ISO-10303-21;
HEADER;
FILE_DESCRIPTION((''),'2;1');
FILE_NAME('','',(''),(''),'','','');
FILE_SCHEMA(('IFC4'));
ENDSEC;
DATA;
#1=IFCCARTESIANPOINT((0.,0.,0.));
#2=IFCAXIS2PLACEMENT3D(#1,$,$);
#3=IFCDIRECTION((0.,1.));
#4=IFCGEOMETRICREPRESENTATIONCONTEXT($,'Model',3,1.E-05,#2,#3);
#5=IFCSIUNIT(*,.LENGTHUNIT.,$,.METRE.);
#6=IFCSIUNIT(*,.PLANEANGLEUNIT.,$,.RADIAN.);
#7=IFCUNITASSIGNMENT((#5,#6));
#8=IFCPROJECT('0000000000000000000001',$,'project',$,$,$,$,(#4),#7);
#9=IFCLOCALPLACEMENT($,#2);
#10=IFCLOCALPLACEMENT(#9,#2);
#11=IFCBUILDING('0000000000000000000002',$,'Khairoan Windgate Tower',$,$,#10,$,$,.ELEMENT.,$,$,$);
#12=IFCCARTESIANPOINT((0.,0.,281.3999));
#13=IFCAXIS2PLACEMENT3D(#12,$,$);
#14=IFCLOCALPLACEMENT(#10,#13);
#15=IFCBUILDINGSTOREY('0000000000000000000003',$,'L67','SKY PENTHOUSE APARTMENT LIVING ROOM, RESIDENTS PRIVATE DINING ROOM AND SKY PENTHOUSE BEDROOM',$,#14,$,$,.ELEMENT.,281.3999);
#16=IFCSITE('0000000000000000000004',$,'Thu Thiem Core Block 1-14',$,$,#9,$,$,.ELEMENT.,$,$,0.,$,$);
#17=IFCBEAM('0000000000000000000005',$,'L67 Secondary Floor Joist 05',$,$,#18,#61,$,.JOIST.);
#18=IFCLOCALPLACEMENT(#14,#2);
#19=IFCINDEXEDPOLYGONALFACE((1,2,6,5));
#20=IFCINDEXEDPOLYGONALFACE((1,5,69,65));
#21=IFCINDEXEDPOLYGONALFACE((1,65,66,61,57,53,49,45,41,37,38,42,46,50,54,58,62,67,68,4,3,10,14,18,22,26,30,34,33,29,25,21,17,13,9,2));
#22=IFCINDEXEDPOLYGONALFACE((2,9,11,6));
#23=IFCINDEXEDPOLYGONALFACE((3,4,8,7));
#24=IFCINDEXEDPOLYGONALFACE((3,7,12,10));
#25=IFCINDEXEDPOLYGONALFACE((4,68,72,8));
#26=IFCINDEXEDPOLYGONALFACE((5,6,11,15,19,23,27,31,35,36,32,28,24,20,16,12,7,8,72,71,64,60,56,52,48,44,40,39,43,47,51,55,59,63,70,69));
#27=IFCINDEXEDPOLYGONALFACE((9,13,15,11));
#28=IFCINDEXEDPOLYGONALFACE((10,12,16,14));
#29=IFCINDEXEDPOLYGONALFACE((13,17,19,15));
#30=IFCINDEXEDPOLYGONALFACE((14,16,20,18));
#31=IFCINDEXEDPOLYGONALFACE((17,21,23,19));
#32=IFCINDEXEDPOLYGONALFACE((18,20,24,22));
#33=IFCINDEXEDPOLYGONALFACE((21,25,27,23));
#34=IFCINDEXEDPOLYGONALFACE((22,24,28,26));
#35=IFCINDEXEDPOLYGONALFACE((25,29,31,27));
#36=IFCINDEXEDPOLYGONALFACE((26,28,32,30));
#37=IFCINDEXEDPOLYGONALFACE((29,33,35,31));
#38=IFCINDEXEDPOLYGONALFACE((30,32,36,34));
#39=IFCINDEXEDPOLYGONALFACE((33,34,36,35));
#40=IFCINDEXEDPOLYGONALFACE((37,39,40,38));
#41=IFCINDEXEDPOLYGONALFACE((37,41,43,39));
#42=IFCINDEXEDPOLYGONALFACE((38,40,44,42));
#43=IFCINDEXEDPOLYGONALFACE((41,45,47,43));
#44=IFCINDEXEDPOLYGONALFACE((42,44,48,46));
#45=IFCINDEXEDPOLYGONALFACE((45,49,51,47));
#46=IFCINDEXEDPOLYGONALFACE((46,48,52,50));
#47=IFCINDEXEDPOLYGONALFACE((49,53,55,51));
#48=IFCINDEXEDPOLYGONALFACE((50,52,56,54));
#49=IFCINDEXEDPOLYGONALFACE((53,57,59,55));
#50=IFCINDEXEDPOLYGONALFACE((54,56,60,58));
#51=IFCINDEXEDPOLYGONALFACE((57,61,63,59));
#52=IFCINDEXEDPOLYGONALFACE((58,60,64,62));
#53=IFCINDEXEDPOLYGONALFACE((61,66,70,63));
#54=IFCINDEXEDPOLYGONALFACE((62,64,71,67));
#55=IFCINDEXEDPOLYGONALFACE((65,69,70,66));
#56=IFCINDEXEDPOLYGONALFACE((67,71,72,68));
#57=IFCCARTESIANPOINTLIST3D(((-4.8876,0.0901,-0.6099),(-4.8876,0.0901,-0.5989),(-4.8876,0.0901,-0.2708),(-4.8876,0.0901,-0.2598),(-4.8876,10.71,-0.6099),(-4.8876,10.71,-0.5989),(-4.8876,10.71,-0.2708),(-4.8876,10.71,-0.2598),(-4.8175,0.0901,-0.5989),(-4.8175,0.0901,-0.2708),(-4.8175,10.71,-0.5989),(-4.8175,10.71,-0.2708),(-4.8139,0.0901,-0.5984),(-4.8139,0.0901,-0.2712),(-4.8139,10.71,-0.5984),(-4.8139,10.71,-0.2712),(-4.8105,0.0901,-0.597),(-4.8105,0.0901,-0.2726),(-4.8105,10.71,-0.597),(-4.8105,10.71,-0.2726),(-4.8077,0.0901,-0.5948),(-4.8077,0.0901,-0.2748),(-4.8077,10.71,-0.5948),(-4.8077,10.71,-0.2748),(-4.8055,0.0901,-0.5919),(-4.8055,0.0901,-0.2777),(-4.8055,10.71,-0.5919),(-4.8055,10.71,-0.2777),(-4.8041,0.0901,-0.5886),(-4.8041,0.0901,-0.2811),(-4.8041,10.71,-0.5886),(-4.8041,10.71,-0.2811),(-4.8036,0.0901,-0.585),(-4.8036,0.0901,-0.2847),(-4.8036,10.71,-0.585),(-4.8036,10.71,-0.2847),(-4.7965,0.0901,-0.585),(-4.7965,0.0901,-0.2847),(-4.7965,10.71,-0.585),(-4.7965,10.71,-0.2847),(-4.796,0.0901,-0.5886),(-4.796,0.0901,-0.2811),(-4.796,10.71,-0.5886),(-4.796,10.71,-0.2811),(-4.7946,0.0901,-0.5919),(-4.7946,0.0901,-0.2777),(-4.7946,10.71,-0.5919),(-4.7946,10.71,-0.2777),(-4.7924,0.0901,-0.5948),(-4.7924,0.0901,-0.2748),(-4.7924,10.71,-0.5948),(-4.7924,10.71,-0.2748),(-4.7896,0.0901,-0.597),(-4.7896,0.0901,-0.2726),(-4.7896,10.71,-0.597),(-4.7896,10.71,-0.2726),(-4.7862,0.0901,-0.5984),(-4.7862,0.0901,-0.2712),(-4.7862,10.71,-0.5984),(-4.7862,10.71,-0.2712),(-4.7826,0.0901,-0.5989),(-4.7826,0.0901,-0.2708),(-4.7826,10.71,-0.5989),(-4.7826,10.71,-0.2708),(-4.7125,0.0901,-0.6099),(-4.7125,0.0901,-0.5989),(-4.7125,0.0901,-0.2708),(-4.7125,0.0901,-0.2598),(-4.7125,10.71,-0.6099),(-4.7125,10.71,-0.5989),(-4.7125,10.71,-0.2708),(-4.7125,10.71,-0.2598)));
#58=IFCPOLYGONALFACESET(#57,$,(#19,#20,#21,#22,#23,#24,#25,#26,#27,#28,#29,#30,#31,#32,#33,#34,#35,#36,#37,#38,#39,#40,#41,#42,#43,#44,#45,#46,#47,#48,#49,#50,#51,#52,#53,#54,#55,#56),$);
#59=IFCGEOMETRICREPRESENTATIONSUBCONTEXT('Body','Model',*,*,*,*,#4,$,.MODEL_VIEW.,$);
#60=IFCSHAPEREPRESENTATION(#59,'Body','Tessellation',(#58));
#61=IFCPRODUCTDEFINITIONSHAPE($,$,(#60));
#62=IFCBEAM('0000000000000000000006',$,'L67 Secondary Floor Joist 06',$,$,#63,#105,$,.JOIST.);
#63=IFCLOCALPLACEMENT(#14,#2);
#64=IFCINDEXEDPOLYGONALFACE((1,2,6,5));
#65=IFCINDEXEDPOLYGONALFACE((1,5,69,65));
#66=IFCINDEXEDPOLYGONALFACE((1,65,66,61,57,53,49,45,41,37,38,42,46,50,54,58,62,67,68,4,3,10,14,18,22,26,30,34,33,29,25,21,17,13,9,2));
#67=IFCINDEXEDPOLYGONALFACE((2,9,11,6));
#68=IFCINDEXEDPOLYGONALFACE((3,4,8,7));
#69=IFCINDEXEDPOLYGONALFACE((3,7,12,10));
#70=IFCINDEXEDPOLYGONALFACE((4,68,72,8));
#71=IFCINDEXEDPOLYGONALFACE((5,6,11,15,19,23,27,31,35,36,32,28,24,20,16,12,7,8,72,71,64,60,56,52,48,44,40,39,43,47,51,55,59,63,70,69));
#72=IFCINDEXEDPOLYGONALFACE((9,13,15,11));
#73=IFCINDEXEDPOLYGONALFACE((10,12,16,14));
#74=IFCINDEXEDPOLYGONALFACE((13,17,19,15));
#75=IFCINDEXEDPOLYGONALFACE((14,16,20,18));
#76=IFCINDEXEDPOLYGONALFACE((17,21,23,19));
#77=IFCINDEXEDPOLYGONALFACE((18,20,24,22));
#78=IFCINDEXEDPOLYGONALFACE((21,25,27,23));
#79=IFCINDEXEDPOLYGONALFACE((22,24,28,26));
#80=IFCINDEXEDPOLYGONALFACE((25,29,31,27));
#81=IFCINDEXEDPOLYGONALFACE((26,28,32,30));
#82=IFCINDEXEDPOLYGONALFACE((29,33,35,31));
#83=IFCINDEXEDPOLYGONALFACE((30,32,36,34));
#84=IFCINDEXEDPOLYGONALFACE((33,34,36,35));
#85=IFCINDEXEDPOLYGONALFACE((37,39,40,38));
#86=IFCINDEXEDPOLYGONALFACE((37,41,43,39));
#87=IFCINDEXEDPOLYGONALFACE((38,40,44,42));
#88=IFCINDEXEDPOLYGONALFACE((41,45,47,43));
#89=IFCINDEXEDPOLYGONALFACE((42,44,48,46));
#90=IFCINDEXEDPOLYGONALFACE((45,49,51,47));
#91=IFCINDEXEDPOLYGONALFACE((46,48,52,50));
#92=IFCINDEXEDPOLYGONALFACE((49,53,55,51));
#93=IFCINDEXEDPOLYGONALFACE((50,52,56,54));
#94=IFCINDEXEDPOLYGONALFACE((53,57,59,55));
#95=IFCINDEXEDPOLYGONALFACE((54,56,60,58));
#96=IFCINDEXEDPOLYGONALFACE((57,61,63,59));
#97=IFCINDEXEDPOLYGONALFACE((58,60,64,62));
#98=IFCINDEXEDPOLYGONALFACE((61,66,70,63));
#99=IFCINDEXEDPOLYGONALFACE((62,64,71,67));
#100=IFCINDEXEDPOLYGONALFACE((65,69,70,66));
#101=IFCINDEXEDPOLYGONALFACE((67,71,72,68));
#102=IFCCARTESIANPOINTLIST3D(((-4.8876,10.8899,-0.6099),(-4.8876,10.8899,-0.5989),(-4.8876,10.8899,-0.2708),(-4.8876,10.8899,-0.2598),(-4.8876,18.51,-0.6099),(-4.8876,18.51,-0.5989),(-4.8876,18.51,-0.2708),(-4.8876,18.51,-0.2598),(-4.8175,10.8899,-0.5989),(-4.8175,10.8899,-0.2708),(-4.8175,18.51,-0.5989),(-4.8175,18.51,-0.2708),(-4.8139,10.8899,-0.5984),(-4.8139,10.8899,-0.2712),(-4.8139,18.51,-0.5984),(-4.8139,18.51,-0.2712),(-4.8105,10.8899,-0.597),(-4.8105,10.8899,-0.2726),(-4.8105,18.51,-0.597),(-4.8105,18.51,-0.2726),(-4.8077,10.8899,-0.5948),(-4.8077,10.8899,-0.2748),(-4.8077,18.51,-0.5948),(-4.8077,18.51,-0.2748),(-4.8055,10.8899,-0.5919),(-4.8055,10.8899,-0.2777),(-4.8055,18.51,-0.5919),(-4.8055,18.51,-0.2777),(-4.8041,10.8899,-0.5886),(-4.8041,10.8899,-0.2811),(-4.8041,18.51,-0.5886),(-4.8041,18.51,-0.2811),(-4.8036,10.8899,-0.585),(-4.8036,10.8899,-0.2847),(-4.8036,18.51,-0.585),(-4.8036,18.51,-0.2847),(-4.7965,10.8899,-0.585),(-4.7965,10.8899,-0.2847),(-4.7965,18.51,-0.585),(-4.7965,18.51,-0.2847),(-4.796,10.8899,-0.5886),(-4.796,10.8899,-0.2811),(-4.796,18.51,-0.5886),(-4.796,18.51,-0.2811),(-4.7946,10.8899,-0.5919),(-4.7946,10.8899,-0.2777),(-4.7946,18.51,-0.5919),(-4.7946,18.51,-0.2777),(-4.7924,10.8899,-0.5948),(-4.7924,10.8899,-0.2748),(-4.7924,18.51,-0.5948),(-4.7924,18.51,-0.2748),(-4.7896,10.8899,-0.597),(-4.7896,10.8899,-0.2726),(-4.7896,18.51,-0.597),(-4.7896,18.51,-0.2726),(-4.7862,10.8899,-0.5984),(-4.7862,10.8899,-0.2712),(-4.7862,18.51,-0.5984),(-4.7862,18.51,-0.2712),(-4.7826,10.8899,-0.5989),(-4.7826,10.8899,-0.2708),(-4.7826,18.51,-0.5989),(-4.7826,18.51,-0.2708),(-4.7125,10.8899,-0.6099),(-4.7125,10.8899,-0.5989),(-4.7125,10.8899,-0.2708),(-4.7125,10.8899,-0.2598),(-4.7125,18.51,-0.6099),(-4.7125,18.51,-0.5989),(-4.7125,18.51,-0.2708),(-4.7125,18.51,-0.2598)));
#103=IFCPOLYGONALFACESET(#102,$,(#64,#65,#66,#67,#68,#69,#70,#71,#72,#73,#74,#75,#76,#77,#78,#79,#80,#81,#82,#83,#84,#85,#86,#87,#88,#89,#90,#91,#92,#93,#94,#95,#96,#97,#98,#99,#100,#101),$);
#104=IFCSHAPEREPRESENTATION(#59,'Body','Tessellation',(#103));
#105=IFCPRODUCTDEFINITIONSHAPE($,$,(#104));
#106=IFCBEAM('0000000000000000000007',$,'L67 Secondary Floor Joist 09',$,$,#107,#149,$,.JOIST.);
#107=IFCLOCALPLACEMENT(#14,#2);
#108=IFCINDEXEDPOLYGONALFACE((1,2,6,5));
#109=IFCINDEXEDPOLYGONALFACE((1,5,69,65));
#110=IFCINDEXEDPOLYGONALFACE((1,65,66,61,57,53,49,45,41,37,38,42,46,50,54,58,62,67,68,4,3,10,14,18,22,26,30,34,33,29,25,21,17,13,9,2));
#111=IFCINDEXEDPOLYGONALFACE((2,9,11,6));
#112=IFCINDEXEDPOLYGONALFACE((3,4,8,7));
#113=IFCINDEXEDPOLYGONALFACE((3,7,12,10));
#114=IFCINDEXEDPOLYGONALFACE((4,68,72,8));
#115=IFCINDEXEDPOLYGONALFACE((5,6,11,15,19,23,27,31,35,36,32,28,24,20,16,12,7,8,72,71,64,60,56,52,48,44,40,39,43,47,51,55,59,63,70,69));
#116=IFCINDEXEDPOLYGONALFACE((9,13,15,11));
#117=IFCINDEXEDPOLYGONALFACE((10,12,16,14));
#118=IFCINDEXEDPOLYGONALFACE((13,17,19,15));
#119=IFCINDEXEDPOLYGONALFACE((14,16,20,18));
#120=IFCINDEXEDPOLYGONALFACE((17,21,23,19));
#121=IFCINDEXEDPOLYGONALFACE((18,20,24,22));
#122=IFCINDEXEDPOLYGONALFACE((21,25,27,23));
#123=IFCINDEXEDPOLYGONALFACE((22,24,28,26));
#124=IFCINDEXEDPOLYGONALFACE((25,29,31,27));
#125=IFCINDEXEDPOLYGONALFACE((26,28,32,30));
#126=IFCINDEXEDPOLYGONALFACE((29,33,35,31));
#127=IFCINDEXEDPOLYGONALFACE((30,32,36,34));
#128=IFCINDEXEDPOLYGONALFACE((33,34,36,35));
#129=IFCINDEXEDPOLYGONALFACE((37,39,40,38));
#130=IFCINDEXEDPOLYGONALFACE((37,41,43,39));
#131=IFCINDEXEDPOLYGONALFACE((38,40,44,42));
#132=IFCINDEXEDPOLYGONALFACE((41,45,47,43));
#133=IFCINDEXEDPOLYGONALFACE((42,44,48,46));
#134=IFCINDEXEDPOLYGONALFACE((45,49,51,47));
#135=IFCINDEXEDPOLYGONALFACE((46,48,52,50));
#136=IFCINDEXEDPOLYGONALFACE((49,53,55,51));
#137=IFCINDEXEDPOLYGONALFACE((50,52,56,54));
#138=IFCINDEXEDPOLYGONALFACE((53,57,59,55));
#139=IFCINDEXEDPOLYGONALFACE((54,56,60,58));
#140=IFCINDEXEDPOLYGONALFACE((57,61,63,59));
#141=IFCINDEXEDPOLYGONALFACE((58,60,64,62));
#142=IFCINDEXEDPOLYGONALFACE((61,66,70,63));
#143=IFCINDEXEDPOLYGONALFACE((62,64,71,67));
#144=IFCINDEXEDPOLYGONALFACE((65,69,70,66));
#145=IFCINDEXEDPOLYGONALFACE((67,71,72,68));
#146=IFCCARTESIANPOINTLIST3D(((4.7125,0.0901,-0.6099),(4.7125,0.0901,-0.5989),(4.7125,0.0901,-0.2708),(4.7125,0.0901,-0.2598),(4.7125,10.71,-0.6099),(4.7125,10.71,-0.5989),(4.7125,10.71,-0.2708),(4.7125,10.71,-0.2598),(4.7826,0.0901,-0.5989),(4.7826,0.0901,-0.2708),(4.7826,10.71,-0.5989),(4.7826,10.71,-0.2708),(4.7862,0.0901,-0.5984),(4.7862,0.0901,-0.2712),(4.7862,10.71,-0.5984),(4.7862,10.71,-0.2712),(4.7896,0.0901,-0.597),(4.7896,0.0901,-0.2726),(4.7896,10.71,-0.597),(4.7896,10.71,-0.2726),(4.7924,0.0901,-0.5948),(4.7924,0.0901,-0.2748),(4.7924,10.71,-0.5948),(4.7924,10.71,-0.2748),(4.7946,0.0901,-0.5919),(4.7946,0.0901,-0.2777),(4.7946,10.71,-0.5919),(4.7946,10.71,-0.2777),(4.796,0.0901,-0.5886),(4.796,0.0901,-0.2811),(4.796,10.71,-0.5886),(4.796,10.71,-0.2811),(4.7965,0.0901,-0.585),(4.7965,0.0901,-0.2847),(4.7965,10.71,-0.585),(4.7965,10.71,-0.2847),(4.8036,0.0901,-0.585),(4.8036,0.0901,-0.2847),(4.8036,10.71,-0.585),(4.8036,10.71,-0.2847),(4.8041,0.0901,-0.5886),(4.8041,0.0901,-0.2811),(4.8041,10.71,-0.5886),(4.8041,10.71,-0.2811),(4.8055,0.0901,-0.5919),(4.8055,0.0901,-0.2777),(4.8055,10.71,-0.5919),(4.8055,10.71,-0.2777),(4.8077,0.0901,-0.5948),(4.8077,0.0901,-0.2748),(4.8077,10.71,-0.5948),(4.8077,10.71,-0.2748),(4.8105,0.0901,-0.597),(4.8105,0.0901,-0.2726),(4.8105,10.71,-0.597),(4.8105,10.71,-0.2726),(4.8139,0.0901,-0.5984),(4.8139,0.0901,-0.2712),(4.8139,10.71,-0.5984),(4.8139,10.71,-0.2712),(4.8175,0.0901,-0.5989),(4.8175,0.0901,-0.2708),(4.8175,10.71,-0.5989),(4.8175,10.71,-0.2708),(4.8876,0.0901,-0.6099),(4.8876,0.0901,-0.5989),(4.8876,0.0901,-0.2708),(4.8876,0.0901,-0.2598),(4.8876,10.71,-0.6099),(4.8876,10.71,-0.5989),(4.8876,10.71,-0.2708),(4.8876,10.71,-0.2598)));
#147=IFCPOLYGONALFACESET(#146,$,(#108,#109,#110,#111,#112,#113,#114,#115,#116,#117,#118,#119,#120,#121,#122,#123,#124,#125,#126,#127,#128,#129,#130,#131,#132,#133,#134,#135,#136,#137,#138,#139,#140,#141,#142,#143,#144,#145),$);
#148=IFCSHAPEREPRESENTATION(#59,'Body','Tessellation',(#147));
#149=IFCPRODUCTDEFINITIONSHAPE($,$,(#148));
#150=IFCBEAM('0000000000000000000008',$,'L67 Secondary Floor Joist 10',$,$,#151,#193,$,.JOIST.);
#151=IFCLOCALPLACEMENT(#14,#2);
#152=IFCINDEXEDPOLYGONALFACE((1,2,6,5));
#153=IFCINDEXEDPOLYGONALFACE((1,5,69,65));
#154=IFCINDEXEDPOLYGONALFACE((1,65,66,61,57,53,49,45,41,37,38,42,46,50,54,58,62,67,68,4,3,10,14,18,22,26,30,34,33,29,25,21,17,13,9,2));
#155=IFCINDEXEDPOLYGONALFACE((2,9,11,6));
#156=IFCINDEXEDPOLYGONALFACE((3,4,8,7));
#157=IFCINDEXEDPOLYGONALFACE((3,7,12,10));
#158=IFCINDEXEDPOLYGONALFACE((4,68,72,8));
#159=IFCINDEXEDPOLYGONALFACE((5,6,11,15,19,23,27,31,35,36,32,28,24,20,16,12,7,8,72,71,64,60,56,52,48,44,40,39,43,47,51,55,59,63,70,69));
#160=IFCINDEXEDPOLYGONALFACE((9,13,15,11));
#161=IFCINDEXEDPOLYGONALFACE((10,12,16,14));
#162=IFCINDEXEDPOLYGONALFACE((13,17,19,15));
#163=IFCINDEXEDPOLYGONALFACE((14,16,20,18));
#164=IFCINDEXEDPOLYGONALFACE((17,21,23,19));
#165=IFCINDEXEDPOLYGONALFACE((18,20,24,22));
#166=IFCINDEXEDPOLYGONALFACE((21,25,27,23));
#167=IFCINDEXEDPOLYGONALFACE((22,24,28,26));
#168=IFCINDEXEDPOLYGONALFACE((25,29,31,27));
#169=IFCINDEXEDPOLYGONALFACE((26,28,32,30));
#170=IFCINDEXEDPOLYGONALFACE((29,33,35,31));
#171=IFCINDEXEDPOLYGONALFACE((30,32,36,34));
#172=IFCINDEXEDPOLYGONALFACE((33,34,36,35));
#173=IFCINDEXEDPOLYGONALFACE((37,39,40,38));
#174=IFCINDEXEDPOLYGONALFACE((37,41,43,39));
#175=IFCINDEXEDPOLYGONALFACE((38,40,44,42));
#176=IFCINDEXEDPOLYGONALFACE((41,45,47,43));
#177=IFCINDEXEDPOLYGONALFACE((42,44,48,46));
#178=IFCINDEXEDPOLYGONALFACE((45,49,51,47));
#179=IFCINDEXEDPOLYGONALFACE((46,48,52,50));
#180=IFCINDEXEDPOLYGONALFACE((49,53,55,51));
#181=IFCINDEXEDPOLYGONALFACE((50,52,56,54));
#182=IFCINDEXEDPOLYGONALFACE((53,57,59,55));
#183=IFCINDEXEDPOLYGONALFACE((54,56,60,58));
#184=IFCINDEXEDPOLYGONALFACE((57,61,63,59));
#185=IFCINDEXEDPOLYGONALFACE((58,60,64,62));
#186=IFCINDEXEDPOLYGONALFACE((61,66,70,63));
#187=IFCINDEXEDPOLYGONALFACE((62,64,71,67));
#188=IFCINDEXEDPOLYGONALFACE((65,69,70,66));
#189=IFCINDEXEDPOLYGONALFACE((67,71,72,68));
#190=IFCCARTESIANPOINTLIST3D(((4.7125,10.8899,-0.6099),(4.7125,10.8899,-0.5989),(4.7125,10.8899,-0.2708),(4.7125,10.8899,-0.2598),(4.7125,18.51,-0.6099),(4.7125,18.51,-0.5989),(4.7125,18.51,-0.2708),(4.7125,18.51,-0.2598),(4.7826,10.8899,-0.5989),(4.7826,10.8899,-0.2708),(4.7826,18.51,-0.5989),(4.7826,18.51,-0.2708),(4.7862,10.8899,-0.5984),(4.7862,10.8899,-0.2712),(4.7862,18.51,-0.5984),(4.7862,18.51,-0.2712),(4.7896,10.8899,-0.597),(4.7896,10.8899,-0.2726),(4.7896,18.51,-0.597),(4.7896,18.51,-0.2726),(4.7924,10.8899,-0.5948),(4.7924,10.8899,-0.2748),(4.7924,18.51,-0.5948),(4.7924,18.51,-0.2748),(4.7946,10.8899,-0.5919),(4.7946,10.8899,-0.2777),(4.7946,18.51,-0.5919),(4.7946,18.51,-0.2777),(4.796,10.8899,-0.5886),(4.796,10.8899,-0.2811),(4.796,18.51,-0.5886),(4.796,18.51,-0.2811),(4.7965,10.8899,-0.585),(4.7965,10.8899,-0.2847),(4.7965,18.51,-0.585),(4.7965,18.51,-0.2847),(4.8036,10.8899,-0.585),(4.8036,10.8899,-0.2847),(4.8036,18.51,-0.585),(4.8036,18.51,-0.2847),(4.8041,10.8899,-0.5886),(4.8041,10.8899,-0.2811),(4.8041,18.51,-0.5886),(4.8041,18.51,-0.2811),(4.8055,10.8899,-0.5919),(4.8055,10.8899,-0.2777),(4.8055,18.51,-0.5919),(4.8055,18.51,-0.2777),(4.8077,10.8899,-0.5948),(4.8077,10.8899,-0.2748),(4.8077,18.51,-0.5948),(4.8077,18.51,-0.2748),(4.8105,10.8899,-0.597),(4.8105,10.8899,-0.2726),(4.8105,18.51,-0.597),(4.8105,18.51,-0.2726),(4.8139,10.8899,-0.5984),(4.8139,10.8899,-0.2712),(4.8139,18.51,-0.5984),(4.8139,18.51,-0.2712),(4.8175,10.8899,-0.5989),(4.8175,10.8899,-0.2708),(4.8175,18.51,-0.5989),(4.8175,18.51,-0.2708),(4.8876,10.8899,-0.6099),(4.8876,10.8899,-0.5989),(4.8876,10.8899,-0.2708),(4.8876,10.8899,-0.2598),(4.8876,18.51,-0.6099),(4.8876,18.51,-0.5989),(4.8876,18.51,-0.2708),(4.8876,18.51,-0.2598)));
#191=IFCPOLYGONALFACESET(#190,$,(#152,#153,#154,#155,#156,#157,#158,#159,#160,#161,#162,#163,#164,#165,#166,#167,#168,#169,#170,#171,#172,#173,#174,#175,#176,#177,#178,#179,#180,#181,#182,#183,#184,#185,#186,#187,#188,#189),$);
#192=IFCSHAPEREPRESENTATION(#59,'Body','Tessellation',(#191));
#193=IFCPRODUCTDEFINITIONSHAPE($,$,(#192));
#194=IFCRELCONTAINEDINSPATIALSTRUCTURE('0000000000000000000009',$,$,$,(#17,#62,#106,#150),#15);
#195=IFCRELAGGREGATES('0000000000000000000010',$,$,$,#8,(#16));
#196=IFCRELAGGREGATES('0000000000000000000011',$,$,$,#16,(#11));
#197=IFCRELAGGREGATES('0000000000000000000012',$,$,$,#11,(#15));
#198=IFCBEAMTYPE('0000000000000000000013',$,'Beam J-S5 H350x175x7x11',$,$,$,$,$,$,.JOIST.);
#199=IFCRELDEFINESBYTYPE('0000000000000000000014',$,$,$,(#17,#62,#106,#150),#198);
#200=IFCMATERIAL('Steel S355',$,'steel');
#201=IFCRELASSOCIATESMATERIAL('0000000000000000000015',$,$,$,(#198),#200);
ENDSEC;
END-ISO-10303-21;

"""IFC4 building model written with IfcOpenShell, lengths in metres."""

from ifc_helpers import new_model, si_unit, direction, frame, origin, origin_2d, place, context, subcontext, project, spatial, i_section, extrude, material, material_profile, profile_set, type_object, element, save


model = new_model("IFC4")

# Units and contexts
model_context = context("Model", 3, precision=1e-05, world=origin(), true_north=direction((0.0, 1.0)))
body_context = subcontext(model_context, "Body", "Model", "MODEL_VIEW")
ifc_project = project(units=[si_unit("LENGTHUNIT", "METRE"), si_unit("PLANEANGLEUNIT", "RADIAN")], contexts=[model_context])

# Site, building, storey
site_placement = place(None, origin())
site = spatial("IfcSite", under=ifc_project, at=site_placement, Name="Thu Thiem Core Block 1-14", CompositionType="ELEMENT", RefElevation=0.0)
building_placement = place(site_placement, origin())
building = spatial("IfcBuilding", under=site, at=building_placement, Name="Khairoan Windgate Tower", CompositionType="ELEMENT")
storey_placement = place(building_placement, frame((0.0, 0.0, 281.3999)))
storey = spatial("IfcBuildingStorey", under=building, at=storey_placement, Name="L67", Description="SKY PENTHOUSE APARTMENT LIVING ROOM, RESIDENTS PRIVATE DINING ROOM AND SKY PENTHOUSE BEDROOM", CompositionType="ELEMENT", Elevation=281.3999)

# Beams
ifc_material_1 = material(Name="Steel S355", Category="steel")
ifc_material_profile = material_profile(ifc_material_1, i_section(OverallWidth=0.175, OverallDepth=0.3501, WebThickness=0.0071, FlangeThickness=0.011, FilletRadius=0.0139, at=origin_2d()))
ifc_profile_set = profile_set([ifc_material_profile], Name="Steel S355")
beam_type = type_object("IfcBeamType", Name="Beam J-S5 H350x175x7x11", PredefinedType="JOIST", material=ifc_profile_set)
beam_1_placement = place(storey_placement, frame((-4.8, 0.0901, -0.4348), z_axis=(0.0, 1.0, 0.0), x_axis=(-1.0, 0.0, 0.0)))
element("IfcBeam", 1, at=beam_1_placement, inside=storey, type_object=beam_type, Name="L67 Secondary Floor Joist 05", PredefinedType="JOIST", context=body_context, shape_type="SweptSolid", body=[
    extrude(i_section(OverallWidth=0.175, OverallDepth=0.3501, WebThickness=0.0071, FlangeThickness=0.011, FilletRadius=0.0139, at=origin_2d()), origin(), (0.0, 0.0, 1.0), 10.6199),
])
beam_2_placement = place(storey_placement, frame((-4.8, 10.8899, -0.4348), z_axis=(0.0, 1.0, 0.0), x_axis=(-1.0, 0.0, 0.0)))
element("IfcBeam", 2, at=beam_2_placement, inside=storey, type_object=beam_type, Name="L67 Secondary Floor Joist 06", PredefinedType="JOIST", context=body_context, shape_type="SweptSolid", body=[
    extrude(i_section(OverallWidth=0.175, OverallDepth=0.3501, WebThickness=0.0071, FlangeThickness=0.011, FilletRadius=0.0139, at=origin_2d()), origin(), (0.0, 0.0, 1.0), 7.6201),
])
beam_3_placement = place(storey_placement, frame((4.8, 0.0901, -0.4348), z_axis=(0.0, 1.0, 0.0), x_axis=(-1.0, 0.0, 0.0)))
element("IfcBeam", 3, at=beam_3_placement, inside=storey, type_object=beam_type, Name="L67 Secondary Floor Joist 09", PredefinedType="JOIST", context=body_context, shape_type="SweptSolid", body=[
    extrude(i_section(OverallWidth=0.175, OverallDepth=0.3501, WebThickness=0.0071, FlangeThickness=0.011, FilletRadius=0.0139, at=origin_2d()), origin(), (0.0, 0.0, 1.0), 10.6199),
])
beam_4_placement = place(storey_placement, frame((4.8, 10.8899, -0.4348), z_axis=(0.0, 1.0, 0.0), x_axis=(-1.0, 0.0, 0.0)))
element("IfcBeam", 4, at=beam_4_placement, inside=storey, type_object=beam_type, Name="L67 Secondary Floor Joist 10", PredefinedType="JOIST", context=body_context, shape_type="SweptSolid", body=[
    extrude(i_section(OverallWidth=0.175, OverallDepth=0.3501, WebThickness=0.0071, FlangeThickness=0.011, FilletRadius=0.0139, at=origin_2d()), origin(), (0.0, 0.0, 1.0), 7.6201),
])

save(model, "model.ifc")
